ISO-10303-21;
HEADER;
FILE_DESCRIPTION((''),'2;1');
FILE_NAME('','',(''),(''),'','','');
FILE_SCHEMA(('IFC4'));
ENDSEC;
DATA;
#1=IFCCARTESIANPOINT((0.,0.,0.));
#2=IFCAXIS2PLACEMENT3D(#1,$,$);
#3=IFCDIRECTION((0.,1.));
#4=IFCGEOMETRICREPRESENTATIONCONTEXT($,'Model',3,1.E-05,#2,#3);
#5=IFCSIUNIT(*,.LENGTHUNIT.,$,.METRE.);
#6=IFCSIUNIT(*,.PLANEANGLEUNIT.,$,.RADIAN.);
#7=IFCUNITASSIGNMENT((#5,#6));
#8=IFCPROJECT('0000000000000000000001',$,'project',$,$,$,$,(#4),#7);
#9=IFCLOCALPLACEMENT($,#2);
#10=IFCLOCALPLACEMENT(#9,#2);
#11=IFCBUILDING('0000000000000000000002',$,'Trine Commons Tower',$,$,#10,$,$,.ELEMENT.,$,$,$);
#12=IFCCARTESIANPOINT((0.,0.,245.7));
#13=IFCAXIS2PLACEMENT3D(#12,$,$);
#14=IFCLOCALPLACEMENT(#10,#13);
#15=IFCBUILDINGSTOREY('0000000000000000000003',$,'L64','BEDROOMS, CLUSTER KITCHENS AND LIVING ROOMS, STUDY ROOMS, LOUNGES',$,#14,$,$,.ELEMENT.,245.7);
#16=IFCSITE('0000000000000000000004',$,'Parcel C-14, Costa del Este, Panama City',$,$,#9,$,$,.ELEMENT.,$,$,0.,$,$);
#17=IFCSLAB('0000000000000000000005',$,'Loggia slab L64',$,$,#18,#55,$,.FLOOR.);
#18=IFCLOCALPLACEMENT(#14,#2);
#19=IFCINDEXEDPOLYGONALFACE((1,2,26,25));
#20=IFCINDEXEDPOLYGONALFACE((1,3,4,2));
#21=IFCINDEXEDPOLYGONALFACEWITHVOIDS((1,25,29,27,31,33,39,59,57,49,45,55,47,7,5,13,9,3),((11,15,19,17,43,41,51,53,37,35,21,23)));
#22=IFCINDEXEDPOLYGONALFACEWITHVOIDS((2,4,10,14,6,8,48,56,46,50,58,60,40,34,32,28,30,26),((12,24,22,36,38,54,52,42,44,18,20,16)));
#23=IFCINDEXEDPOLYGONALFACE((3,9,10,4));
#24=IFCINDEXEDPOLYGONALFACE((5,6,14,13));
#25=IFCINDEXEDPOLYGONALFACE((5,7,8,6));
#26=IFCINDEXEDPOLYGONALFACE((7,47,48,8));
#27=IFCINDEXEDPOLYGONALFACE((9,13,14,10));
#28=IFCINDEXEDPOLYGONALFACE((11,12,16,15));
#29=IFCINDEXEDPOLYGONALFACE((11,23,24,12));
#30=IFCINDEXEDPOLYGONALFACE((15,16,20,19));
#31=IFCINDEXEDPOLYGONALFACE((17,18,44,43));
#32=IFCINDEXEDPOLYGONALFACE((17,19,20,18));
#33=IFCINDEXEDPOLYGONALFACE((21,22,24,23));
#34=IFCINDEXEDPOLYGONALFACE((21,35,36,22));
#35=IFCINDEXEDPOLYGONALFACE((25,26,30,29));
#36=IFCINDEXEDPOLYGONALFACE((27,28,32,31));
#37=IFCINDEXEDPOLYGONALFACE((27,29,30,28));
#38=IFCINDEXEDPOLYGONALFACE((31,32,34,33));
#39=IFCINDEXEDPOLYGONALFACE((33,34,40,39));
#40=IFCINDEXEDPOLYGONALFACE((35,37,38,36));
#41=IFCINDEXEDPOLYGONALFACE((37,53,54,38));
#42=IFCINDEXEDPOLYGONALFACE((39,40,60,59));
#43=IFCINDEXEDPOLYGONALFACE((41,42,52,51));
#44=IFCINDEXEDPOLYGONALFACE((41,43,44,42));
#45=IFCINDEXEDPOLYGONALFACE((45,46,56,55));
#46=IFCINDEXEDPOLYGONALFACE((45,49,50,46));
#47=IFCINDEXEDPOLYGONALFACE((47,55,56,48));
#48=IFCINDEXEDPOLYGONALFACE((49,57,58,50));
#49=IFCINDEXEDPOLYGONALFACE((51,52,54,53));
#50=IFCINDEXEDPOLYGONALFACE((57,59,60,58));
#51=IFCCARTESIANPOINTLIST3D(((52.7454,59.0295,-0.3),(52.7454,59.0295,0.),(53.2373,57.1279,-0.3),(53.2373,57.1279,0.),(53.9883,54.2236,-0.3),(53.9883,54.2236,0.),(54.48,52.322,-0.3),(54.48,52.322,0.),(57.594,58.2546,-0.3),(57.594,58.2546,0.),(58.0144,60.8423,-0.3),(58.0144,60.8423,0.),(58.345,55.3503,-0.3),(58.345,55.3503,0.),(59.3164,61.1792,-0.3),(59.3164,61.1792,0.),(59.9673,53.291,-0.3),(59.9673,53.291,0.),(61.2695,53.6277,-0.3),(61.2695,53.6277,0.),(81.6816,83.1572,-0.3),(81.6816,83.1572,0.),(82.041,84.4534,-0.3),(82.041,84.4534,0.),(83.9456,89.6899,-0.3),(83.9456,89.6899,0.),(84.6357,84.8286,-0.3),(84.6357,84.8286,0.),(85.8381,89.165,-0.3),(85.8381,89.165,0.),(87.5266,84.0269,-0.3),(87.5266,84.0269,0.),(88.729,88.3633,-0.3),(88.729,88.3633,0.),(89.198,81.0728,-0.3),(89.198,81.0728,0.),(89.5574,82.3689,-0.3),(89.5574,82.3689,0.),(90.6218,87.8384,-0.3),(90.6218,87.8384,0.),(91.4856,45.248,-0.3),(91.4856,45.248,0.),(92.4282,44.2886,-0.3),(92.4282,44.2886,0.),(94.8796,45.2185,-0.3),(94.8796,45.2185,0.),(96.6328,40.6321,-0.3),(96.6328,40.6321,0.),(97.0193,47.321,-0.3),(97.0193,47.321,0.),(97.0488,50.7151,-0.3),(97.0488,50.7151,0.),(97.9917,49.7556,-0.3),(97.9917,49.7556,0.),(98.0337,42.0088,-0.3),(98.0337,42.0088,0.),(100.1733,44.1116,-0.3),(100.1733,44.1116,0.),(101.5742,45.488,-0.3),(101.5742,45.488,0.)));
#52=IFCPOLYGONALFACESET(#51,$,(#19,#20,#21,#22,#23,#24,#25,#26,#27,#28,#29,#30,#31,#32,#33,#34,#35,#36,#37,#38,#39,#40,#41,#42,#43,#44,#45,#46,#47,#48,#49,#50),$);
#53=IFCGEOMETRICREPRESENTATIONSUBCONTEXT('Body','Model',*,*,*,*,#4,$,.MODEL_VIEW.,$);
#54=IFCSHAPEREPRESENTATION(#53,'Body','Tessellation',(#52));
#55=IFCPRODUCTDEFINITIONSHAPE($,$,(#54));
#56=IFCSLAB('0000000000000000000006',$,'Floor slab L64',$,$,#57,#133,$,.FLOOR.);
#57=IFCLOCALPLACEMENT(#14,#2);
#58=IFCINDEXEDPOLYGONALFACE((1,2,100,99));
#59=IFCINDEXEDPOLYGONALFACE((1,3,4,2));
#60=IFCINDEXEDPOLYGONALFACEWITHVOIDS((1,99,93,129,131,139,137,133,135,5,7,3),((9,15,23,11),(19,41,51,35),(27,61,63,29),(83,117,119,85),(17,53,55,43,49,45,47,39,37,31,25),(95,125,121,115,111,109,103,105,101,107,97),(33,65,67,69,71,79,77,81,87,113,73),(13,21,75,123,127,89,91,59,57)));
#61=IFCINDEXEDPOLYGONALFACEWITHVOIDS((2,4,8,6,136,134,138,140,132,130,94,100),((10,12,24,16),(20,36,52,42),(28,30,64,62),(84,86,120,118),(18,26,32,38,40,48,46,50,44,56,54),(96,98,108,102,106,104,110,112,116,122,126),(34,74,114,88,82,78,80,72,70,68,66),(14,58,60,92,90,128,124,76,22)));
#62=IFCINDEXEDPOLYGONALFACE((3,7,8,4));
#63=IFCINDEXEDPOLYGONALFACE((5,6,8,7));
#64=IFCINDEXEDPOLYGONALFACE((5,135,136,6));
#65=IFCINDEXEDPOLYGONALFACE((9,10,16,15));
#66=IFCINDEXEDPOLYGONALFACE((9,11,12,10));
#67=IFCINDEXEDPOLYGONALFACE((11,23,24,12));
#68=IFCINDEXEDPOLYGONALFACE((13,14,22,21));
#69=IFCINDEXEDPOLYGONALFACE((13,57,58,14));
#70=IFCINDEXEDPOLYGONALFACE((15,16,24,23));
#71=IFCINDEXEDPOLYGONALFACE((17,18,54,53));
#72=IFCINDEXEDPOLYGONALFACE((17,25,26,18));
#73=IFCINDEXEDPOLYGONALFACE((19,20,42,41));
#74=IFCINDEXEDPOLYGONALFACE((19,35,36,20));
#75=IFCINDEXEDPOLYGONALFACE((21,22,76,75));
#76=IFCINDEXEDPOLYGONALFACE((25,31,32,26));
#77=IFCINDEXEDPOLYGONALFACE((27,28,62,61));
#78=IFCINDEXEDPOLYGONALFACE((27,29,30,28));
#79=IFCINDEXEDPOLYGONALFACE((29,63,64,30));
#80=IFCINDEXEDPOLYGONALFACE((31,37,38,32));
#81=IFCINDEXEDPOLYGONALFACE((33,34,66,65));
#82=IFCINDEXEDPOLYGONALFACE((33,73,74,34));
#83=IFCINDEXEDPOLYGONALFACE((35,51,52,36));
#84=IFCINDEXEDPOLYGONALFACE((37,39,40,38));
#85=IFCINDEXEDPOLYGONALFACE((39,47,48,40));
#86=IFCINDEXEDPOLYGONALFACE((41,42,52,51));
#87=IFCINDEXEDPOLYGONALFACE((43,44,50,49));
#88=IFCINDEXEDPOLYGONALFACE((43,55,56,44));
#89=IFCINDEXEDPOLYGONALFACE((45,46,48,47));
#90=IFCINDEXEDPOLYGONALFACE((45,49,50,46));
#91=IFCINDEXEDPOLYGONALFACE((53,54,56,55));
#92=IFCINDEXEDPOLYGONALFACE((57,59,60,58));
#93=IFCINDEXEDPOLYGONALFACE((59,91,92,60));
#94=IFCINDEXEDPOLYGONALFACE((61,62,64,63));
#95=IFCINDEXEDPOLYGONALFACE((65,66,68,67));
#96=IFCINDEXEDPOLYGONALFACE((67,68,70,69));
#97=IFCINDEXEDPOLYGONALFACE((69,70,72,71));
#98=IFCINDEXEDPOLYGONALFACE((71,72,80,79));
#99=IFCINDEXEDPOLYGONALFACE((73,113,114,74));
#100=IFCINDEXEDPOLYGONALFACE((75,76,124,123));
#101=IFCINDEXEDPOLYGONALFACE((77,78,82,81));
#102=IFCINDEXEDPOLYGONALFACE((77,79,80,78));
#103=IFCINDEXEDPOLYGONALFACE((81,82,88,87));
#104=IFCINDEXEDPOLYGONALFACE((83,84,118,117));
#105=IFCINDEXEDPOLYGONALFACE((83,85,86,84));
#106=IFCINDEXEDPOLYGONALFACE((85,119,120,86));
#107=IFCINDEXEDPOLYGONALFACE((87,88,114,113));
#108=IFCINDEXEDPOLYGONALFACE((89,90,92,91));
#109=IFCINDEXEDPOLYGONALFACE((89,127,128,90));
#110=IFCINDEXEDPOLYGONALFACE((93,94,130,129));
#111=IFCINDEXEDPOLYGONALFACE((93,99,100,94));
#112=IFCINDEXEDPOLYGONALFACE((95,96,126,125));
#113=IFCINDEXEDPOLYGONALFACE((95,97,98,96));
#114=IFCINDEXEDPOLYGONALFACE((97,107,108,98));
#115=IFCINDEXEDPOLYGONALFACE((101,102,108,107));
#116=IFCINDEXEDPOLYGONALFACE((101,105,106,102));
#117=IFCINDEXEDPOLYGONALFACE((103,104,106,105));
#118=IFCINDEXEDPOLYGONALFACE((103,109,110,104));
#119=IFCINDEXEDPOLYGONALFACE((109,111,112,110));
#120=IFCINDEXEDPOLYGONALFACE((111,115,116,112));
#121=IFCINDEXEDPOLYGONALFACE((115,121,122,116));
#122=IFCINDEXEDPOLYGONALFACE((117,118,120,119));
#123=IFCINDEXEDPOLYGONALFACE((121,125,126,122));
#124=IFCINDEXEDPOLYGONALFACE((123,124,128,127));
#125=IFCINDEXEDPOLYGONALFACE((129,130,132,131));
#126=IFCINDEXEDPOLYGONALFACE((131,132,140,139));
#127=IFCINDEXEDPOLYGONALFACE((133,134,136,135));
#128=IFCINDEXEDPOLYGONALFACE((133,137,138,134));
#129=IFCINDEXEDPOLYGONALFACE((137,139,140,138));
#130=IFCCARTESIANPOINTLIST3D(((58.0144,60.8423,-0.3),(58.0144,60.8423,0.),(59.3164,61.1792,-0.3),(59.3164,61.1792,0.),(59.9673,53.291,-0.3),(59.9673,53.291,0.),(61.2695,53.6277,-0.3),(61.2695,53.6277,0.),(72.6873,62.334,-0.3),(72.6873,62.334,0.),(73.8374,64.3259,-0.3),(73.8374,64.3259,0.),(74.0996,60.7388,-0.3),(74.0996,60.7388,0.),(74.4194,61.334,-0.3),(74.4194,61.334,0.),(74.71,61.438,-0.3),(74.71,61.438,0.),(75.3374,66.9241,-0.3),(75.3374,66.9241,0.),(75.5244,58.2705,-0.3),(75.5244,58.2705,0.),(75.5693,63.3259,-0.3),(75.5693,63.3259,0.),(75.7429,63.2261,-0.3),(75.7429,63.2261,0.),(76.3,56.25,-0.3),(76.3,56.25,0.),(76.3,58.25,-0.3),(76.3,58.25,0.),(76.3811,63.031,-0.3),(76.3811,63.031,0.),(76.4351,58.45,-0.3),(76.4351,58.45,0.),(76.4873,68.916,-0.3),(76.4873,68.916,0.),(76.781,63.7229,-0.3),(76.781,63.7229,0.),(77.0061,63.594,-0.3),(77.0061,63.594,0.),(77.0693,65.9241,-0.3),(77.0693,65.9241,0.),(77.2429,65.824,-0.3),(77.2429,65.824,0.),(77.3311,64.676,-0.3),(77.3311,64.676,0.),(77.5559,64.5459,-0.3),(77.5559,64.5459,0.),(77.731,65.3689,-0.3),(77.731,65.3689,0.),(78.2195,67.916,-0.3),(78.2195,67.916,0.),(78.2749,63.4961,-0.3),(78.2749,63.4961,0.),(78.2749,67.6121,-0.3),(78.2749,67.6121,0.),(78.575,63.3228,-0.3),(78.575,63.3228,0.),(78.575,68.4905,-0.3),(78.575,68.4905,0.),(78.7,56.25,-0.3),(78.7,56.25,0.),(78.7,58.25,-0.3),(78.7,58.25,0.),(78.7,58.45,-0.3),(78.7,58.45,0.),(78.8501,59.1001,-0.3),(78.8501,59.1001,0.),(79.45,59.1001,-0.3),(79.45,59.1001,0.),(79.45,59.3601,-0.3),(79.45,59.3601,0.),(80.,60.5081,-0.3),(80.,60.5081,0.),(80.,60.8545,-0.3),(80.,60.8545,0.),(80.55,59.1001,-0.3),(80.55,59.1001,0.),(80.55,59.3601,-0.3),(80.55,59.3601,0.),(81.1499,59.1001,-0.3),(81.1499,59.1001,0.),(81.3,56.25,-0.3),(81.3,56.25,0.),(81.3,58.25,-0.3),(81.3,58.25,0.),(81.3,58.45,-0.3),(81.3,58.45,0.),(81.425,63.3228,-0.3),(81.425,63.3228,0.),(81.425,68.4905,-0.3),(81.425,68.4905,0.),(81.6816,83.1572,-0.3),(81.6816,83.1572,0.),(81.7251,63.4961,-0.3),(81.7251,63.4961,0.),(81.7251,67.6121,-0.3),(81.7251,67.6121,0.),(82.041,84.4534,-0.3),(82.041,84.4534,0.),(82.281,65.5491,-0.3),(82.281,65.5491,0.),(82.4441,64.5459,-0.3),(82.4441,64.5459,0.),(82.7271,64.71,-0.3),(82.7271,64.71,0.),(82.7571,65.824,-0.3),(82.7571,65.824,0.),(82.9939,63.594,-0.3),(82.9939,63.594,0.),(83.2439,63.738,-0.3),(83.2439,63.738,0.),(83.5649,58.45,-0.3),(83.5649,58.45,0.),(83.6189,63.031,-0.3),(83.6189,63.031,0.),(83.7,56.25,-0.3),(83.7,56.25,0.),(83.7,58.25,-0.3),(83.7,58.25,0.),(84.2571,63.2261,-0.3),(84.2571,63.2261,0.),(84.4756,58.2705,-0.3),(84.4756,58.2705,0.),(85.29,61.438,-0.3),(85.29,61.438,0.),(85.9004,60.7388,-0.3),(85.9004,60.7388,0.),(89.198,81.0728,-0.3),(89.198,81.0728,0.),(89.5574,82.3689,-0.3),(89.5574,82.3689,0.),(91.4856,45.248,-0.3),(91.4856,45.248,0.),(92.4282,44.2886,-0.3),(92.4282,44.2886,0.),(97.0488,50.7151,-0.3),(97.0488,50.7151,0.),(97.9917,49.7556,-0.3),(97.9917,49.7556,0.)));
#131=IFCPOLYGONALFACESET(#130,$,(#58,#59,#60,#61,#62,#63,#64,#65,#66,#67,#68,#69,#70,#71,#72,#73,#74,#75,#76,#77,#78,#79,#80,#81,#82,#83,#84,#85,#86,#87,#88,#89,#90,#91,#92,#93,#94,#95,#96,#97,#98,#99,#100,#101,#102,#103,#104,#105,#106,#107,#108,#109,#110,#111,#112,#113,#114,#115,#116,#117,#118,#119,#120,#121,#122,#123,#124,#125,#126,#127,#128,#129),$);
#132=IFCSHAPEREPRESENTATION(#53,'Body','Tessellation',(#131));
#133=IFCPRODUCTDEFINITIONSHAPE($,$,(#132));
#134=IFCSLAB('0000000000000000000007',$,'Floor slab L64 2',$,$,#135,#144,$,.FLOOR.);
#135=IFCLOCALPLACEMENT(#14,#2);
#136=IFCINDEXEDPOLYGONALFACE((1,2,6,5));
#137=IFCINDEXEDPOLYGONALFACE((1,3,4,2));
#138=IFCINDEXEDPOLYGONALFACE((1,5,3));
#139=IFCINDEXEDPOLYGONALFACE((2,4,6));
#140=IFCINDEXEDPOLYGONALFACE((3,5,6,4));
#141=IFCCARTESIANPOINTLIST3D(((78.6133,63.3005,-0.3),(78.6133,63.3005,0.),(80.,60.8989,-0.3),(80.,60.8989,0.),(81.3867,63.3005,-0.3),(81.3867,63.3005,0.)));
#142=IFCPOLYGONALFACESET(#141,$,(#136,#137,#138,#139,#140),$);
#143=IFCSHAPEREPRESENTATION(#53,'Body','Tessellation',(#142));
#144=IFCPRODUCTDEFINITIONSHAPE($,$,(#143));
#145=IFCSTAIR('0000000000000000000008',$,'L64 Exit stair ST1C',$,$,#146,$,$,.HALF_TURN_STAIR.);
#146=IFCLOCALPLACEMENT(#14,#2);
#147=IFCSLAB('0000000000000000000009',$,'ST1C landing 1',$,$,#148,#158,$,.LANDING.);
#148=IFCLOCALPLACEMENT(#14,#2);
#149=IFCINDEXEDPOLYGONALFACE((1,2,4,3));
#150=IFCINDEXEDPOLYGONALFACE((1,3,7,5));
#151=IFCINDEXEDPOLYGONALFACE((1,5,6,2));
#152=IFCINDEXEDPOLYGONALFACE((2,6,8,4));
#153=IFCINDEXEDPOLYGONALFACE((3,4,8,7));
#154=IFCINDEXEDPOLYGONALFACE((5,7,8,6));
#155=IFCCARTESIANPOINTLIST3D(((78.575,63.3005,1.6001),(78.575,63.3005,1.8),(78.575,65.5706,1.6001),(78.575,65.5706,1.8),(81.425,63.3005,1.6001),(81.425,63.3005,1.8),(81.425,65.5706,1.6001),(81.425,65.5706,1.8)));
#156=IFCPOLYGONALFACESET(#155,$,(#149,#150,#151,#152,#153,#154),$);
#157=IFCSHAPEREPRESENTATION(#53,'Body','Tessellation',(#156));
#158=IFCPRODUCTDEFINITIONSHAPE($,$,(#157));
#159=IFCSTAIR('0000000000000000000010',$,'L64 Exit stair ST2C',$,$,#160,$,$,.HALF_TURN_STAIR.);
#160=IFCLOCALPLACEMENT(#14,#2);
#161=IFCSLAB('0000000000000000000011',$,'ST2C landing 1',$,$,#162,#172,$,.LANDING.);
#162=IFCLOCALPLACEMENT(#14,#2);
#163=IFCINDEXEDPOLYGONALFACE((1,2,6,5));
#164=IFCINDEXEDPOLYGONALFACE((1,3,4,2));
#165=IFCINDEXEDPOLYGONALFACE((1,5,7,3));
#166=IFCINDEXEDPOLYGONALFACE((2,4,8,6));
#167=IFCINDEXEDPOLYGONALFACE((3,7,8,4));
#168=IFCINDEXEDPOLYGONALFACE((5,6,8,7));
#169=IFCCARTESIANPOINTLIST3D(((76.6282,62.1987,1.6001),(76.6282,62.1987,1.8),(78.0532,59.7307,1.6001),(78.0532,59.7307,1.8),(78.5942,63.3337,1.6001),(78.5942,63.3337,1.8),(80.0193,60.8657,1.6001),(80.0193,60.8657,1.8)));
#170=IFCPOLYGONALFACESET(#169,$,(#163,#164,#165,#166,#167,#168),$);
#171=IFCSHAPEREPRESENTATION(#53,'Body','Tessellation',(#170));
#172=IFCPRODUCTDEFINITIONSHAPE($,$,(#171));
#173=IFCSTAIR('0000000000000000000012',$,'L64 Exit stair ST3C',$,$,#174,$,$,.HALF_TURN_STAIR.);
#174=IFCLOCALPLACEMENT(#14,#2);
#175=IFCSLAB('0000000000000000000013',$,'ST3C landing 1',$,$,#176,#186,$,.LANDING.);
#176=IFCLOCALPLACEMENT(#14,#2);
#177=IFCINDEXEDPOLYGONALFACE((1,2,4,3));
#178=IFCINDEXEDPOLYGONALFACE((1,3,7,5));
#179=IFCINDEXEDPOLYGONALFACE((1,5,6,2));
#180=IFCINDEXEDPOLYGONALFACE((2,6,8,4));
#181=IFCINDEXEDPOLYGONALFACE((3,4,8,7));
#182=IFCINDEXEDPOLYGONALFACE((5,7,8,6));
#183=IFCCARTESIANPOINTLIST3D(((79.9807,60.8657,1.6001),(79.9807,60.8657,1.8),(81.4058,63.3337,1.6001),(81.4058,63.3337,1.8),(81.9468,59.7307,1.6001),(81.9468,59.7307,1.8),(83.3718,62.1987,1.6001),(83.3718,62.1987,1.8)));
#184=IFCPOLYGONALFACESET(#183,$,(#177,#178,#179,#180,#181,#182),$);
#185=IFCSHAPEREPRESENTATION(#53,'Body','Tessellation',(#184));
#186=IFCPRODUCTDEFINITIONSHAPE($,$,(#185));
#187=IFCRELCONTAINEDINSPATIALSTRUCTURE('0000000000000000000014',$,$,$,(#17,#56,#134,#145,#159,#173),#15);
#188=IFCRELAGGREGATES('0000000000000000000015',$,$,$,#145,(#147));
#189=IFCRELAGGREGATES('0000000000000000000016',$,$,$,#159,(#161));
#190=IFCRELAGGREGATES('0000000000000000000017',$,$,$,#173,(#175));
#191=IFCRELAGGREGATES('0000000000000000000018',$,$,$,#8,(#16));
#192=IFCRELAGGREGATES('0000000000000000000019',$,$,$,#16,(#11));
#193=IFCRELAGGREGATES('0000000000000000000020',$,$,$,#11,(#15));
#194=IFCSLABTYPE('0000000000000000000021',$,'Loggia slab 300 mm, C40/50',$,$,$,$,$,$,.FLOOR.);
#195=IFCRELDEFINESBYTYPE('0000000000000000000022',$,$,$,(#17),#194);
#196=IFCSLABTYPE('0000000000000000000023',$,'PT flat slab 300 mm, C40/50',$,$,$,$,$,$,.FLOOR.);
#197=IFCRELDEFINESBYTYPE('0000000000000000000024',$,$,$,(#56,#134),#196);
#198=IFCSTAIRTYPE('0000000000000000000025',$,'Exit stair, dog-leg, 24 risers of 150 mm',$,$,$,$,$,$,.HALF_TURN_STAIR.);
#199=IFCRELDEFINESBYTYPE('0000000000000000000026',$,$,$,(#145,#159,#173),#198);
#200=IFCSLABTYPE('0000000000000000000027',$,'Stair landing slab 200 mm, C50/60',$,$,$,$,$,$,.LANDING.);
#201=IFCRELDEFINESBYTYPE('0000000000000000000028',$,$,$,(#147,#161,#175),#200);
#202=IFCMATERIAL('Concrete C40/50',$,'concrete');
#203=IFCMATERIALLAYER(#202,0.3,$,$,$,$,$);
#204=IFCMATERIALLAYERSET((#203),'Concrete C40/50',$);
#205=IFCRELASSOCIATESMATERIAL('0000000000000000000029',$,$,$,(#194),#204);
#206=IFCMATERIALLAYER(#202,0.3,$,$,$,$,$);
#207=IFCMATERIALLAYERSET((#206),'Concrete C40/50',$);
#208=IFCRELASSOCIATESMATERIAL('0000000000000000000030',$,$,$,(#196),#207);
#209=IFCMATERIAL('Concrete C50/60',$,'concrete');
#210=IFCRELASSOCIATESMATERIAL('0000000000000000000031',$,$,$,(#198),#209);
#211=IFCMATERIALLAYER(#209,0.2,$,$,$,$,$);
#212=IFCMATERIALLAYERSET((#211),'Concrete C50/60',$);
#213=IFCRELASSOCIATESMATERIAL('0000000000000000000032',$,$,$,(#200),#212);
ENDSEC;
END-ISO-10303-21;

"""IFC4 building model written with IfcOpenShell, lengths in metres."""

from ifc_helpers import new_model, si_unit, direction, frame, origin, place, context, subcontext, project, spatial, polyline, outline, extrude, material, layer, layer_set, type_object, element, aggregate, save


model = new_model("IFC4")

# Units and contexts
model_context = context("Model", 3, precision=1e-05, world=origin(), true_north=direction((0.0, 1.0)))
body_context = subcontext(model_context, "Body", "Model", "MODEL_VIEW")
ifc_project = project(units=[si_unit("LENGTHUNIT", "METRE"), si_unit("PLANEANGLEUNIT", "RADIAN")], contexts=[model_context])

# Site, building, storey
site_placement = place(None, origin())
site = spatial("IfcSite", under=ifc_project, at=site_placement, Name="Parcel C-14, Costa del Este, Panama City", CompositionType="ELEMENT", RefElevation=0.0)
building_placement = place(site_placement, origin())
building = spatial("IfcBuilding", under=site, at=building_placement, Name="Trine Commons Tower", CompositionType="ELEMENT")
storey_placement = place(building_placement, frame((0.0, 0.0, 245.7)))
storey = spatial("IfcBuildingStorey", under=building, at=storey_placement, Name="L64", Description="BEDROOMS, CLUSTER KITCHENS AND LIVING ROOMS, STUDY ROOMS, LOUNGES", CompositionType="ELEMENT", Elevation=245.7)

# Slabs
ifc_material_1 = material(Name="Concrete C40/50", Category="concrete")
ifc_layer_1 = layer(ifc_material_1, 0.3)
ifc_layer_set_1 = layer_set([ifc_layer_1], Name="Concrete C40/50")
slab_type_1 = type_object("IfcSlabType", Name="Loggia slab 300 mm, C40/50", PredefinedType="FLOOR", material=ifc_layer_set_1)
slab_1_placement = place(storey_placement, frame((0.0, 0.0, -0.3)))
element("IfcSlab", 1, at=slab_1_placement, inside=storey, type_object=slab_type_1, Name="Loggia slab L64", PredefinedType="FLOOR", context=body_context, shape_type="SweptSolid", body=[
    extrude(outline(polyline([(101.5742, 45.488), (90.6218, 87.8384), (88.729, 88.3633), (87.5266, 84.0269), (84.6357, 84.8286), (85.8381, 89.165), (83.9456, 89.6899), (52.7454, 59.0295), (53.2373, 57.1279), (57.594, 58.2546), (58.345, 55.3503), (53.9883, 54.2236), (54.48, 52.322), (96.6328, 40.6321), (98.0337, 42.0088), (94.8796, 45.2185), (97.0193, 47.321), (100.1733, 44.1116), (101.5742, 45.488)]), holes=[polyline([(59.3164, 61.1792), (61.2695, 53.6277), (59.9673, 53.291), (92.4282, 44.2886), (91.4856, 45.248), (97.0488, 50.7151), (97.9917, 49.7556), (89.5574, 82.3689), (89.198, 81.0728), (81.6816, 83.1572), (82.041, 84.4534), (58.0144, 60.8423), (59.3164, 61.1792)])]), origin(), (0.0, 0.0, 1.0), 0.3),
])
ifc_layer_2 = layer(ifc_material_1, 0.3)
ifc_layer_set_2 = layer_set([ifc_layer_2], Name="Concrete C40/50")
slab_type_2 = type_object("IfcSlabType", Name="PT flat slab 300 mm, C40/50", PredefinedType="FLOOR", material=ifc_layer_set_2)
slab_2_placement = place(storey_placement, frame((0.0, 0.0, -0.3)))
element("IfcSlab", 2, at=slab_2_placement, inside=storey, type_object=slab_type_2, Name="Floor slab L64", PredefinedType="FLOOR", context=body_context, shape_type="SweptSolid", body=[
    extrude(outline(polyline([(58.0144, 60.8423), (59.3164, 61.1792), (61.2695, 53.6277), (59.9673, 53.291), (92.4282, 44.2886), (91.4856, 45.248), (97.0488, 50.7151), (97.9917, 49.7556), (89.5574, 82.3689), (89.198, 81.0728), (81.6816, 83.1572), (82.041, 84.4534), (58.0144, 60.8423)]), holes=[polyline([(78.7, 56.25), (78.7, 58.25), (76.3, 58.25), (76.3, 56.25), (78.7, 56.25)]), polyline([(83.7, 56.25), (83.7, 58.25), (81.3, 58.25), (81.3, 56.25), (83.7, 56.25)]), polyline([(81.3, 58.45), (83.5649, 58.45), (80.0, 60.5081), (76.4351, 58.45), (78.7, 58.45), (78.8501, 59.1001), (79.45, 59.1001), (79.45, 59.3601), (80.55, 59.3601), (80.55, 59.1001), (81.1499, 59.1001), (81.3, 58.45)]), polyline([(81.425, 63.3228), (81.425, 68.4905), (78.575, 68.4905), (78.575, 63.3228), (74.0996, 60.7388), (75.5244, 58.2705), (80.0, 60.8545), (84.4756, 58.2705), (85.9004, 60.7388), (81.425, 63.3228)]), polyline([(72.6873, 62.334), (74.4194, 61.334), (75.5693, 63.3259), (73.8374, 64.3259), (72.6873, 62.334)]), polyline([(76.3811, 63.031), (75.7429, 63.2261), (74.71, 61.438), (78.2749, 63.4961), (78.2749, 67.6121), (77.2429, 65.824), (77.731, 65.3689), (77.3311, 64.676), (77.5559, 64.5459), (77.0061, 63.594), (76.781, 63.7229), (76.3811, 63.031)]), polyline([(82.9939, 63.594), (82.4441, 64.5459), (82.7271, 64.71), (82.281, 65.5491), (82.7571, 65.824), (81.7251, 67.6121), (81.7251, 63.4961), (85.29, 61.438), (84.2571, 63.2261), (83.6189, 63.031), (83.2439, 63.738), (82.9939, 63.594)]), polyline([(76.4873, 68.916), (75.3374, 66.9241), (77.0693, 65.9241), (78.2195, 67.916), (76.4873, 68.916)])]), origin(), (0.0, 0.0, 1.0), 0.3),
])
slab_3_placement = place(storey_placement, frame((0.0, 0.0, -0.3)))
element("IfcSlab", 3, at=slab_3_placement, inside=storey, type_object=slab_type_2, Name="Floor slab L64 2", PredefinedType="FLOOR", context=body_context, shape_type="SweptSolid", body=[
    extrude(outline(polyline([(81.3867, 63.3005), (78.6133, 63.3005), (80.0, 60.8989), (81.3867, 63.3005)])), origin(), (0.0, 0.0, 1.0), 0.3),
])

# Stairs, slabs
ifc_material_2 = material(Name="Concrete C50/60", Category="concrete")
stair_type = type_object("IfcStairType", Name="Exit stair, dog-leg, 24 risers of 150 mm", PredefinedType="HALF_TURN_STAIR", material=ifc_material_2)
stair_1_placement = place(storey_placement, origin())
stair_1 = element("IfcStair", 4, at=stair_1_placement, inside=storey, type_object=stair_type, Name="L64 Exit stair ST1C", PredefinedType="HALF_TURN_STAIR")
ifc_layer_3 = layer(ifc_material_2, 0.2)
ifc_layer_set_3 = layer_set([ifc_layer_3], Name="Concrete C50/60")
slab_type_3 = type_object("IfcSlabType", Name="Stair landing slab 200 mm, C50/60", PredefinedType="LANDING", material=ifc_layer_set_3)
slab_4_placement = place(storey_placement, frame((0.0, 0.0, 1.6001)))
slab_4 = element("IfcSlab", 5, at=slab_4_placement, type_object=slab_type_3, Name="ST1C landing 1", PredefinedType="LANDING", context=body_context, shape_type="SweptSolid", body=[
    extrude(outline(polyline([(78.575, 65.5706), (78.575, 63.3005), (81.425, 63.3005), (81.425, 65.5706), (78.575, 65.5706)])), origin(), (0.0, 0.0, 1.0), 0.2),
])
aggregate(stair_1, [slab_4])
stair_2_placement = place(storey_placement, origin())
stair_2 = element("IfcStair", 6, at=stair_2_placement, inside=storey, type_object=stair_type, Name="L64 Exit stair ST2C", PredefinedType="HALF_TURN_STAIR")
slab_5_placement = place(storey_placement, frame((0.0, 0.0, 1.6001)))
slab_5 = element("IfcSlab", 7, at=slab_5_placement, type_object=slab_type_3, Name="ST2C landing 1", PredefinedType="LANDING", context=body_context, shape_type="SweptSolid", body=[
    extrude(outline(polyline([(78.0532, 59.7307), (80.0193, 60.8657), (78.5942, 63.3337), (76.6282, 62.1987), (78.0532, 59.7307)])), origin(), (0.0, 0.0, 1.0), 0.2),
])
aggregate(stair_2, [slab_5])
stair_3_placement = place(storey_placement, origin())
stair_3 = element("IfcStair", 8, at=stair_3_placement, inside=storey, type_object=stair_type, Name="L64 Exit stair ST3C", PredefinedType="HALF_TURN_STAIR")
slab_6_placement = place(storey_placement, frame((0.0, 0.0, 1.6001)))
slab_6 = element("IfcSlab", 9, at=slab_6_placement, type_object=slab_type_3, Name="ST3C landing 1", PredefinedType="LANDING", context=body_context, shape_type="SweptSolid", body=[
    extrude(outline(polyline([(83.3718, 62.1987), (81.4058, 63.3337), (79.9807, 60.8657), (81.9468, 59.7307), (83.3718, 62.1987)])), origin(), (0.0, 0.0, 1.0), 0.2),
])
aggregate(stair_3, [slab_6])

save(model, "model.ifc")
